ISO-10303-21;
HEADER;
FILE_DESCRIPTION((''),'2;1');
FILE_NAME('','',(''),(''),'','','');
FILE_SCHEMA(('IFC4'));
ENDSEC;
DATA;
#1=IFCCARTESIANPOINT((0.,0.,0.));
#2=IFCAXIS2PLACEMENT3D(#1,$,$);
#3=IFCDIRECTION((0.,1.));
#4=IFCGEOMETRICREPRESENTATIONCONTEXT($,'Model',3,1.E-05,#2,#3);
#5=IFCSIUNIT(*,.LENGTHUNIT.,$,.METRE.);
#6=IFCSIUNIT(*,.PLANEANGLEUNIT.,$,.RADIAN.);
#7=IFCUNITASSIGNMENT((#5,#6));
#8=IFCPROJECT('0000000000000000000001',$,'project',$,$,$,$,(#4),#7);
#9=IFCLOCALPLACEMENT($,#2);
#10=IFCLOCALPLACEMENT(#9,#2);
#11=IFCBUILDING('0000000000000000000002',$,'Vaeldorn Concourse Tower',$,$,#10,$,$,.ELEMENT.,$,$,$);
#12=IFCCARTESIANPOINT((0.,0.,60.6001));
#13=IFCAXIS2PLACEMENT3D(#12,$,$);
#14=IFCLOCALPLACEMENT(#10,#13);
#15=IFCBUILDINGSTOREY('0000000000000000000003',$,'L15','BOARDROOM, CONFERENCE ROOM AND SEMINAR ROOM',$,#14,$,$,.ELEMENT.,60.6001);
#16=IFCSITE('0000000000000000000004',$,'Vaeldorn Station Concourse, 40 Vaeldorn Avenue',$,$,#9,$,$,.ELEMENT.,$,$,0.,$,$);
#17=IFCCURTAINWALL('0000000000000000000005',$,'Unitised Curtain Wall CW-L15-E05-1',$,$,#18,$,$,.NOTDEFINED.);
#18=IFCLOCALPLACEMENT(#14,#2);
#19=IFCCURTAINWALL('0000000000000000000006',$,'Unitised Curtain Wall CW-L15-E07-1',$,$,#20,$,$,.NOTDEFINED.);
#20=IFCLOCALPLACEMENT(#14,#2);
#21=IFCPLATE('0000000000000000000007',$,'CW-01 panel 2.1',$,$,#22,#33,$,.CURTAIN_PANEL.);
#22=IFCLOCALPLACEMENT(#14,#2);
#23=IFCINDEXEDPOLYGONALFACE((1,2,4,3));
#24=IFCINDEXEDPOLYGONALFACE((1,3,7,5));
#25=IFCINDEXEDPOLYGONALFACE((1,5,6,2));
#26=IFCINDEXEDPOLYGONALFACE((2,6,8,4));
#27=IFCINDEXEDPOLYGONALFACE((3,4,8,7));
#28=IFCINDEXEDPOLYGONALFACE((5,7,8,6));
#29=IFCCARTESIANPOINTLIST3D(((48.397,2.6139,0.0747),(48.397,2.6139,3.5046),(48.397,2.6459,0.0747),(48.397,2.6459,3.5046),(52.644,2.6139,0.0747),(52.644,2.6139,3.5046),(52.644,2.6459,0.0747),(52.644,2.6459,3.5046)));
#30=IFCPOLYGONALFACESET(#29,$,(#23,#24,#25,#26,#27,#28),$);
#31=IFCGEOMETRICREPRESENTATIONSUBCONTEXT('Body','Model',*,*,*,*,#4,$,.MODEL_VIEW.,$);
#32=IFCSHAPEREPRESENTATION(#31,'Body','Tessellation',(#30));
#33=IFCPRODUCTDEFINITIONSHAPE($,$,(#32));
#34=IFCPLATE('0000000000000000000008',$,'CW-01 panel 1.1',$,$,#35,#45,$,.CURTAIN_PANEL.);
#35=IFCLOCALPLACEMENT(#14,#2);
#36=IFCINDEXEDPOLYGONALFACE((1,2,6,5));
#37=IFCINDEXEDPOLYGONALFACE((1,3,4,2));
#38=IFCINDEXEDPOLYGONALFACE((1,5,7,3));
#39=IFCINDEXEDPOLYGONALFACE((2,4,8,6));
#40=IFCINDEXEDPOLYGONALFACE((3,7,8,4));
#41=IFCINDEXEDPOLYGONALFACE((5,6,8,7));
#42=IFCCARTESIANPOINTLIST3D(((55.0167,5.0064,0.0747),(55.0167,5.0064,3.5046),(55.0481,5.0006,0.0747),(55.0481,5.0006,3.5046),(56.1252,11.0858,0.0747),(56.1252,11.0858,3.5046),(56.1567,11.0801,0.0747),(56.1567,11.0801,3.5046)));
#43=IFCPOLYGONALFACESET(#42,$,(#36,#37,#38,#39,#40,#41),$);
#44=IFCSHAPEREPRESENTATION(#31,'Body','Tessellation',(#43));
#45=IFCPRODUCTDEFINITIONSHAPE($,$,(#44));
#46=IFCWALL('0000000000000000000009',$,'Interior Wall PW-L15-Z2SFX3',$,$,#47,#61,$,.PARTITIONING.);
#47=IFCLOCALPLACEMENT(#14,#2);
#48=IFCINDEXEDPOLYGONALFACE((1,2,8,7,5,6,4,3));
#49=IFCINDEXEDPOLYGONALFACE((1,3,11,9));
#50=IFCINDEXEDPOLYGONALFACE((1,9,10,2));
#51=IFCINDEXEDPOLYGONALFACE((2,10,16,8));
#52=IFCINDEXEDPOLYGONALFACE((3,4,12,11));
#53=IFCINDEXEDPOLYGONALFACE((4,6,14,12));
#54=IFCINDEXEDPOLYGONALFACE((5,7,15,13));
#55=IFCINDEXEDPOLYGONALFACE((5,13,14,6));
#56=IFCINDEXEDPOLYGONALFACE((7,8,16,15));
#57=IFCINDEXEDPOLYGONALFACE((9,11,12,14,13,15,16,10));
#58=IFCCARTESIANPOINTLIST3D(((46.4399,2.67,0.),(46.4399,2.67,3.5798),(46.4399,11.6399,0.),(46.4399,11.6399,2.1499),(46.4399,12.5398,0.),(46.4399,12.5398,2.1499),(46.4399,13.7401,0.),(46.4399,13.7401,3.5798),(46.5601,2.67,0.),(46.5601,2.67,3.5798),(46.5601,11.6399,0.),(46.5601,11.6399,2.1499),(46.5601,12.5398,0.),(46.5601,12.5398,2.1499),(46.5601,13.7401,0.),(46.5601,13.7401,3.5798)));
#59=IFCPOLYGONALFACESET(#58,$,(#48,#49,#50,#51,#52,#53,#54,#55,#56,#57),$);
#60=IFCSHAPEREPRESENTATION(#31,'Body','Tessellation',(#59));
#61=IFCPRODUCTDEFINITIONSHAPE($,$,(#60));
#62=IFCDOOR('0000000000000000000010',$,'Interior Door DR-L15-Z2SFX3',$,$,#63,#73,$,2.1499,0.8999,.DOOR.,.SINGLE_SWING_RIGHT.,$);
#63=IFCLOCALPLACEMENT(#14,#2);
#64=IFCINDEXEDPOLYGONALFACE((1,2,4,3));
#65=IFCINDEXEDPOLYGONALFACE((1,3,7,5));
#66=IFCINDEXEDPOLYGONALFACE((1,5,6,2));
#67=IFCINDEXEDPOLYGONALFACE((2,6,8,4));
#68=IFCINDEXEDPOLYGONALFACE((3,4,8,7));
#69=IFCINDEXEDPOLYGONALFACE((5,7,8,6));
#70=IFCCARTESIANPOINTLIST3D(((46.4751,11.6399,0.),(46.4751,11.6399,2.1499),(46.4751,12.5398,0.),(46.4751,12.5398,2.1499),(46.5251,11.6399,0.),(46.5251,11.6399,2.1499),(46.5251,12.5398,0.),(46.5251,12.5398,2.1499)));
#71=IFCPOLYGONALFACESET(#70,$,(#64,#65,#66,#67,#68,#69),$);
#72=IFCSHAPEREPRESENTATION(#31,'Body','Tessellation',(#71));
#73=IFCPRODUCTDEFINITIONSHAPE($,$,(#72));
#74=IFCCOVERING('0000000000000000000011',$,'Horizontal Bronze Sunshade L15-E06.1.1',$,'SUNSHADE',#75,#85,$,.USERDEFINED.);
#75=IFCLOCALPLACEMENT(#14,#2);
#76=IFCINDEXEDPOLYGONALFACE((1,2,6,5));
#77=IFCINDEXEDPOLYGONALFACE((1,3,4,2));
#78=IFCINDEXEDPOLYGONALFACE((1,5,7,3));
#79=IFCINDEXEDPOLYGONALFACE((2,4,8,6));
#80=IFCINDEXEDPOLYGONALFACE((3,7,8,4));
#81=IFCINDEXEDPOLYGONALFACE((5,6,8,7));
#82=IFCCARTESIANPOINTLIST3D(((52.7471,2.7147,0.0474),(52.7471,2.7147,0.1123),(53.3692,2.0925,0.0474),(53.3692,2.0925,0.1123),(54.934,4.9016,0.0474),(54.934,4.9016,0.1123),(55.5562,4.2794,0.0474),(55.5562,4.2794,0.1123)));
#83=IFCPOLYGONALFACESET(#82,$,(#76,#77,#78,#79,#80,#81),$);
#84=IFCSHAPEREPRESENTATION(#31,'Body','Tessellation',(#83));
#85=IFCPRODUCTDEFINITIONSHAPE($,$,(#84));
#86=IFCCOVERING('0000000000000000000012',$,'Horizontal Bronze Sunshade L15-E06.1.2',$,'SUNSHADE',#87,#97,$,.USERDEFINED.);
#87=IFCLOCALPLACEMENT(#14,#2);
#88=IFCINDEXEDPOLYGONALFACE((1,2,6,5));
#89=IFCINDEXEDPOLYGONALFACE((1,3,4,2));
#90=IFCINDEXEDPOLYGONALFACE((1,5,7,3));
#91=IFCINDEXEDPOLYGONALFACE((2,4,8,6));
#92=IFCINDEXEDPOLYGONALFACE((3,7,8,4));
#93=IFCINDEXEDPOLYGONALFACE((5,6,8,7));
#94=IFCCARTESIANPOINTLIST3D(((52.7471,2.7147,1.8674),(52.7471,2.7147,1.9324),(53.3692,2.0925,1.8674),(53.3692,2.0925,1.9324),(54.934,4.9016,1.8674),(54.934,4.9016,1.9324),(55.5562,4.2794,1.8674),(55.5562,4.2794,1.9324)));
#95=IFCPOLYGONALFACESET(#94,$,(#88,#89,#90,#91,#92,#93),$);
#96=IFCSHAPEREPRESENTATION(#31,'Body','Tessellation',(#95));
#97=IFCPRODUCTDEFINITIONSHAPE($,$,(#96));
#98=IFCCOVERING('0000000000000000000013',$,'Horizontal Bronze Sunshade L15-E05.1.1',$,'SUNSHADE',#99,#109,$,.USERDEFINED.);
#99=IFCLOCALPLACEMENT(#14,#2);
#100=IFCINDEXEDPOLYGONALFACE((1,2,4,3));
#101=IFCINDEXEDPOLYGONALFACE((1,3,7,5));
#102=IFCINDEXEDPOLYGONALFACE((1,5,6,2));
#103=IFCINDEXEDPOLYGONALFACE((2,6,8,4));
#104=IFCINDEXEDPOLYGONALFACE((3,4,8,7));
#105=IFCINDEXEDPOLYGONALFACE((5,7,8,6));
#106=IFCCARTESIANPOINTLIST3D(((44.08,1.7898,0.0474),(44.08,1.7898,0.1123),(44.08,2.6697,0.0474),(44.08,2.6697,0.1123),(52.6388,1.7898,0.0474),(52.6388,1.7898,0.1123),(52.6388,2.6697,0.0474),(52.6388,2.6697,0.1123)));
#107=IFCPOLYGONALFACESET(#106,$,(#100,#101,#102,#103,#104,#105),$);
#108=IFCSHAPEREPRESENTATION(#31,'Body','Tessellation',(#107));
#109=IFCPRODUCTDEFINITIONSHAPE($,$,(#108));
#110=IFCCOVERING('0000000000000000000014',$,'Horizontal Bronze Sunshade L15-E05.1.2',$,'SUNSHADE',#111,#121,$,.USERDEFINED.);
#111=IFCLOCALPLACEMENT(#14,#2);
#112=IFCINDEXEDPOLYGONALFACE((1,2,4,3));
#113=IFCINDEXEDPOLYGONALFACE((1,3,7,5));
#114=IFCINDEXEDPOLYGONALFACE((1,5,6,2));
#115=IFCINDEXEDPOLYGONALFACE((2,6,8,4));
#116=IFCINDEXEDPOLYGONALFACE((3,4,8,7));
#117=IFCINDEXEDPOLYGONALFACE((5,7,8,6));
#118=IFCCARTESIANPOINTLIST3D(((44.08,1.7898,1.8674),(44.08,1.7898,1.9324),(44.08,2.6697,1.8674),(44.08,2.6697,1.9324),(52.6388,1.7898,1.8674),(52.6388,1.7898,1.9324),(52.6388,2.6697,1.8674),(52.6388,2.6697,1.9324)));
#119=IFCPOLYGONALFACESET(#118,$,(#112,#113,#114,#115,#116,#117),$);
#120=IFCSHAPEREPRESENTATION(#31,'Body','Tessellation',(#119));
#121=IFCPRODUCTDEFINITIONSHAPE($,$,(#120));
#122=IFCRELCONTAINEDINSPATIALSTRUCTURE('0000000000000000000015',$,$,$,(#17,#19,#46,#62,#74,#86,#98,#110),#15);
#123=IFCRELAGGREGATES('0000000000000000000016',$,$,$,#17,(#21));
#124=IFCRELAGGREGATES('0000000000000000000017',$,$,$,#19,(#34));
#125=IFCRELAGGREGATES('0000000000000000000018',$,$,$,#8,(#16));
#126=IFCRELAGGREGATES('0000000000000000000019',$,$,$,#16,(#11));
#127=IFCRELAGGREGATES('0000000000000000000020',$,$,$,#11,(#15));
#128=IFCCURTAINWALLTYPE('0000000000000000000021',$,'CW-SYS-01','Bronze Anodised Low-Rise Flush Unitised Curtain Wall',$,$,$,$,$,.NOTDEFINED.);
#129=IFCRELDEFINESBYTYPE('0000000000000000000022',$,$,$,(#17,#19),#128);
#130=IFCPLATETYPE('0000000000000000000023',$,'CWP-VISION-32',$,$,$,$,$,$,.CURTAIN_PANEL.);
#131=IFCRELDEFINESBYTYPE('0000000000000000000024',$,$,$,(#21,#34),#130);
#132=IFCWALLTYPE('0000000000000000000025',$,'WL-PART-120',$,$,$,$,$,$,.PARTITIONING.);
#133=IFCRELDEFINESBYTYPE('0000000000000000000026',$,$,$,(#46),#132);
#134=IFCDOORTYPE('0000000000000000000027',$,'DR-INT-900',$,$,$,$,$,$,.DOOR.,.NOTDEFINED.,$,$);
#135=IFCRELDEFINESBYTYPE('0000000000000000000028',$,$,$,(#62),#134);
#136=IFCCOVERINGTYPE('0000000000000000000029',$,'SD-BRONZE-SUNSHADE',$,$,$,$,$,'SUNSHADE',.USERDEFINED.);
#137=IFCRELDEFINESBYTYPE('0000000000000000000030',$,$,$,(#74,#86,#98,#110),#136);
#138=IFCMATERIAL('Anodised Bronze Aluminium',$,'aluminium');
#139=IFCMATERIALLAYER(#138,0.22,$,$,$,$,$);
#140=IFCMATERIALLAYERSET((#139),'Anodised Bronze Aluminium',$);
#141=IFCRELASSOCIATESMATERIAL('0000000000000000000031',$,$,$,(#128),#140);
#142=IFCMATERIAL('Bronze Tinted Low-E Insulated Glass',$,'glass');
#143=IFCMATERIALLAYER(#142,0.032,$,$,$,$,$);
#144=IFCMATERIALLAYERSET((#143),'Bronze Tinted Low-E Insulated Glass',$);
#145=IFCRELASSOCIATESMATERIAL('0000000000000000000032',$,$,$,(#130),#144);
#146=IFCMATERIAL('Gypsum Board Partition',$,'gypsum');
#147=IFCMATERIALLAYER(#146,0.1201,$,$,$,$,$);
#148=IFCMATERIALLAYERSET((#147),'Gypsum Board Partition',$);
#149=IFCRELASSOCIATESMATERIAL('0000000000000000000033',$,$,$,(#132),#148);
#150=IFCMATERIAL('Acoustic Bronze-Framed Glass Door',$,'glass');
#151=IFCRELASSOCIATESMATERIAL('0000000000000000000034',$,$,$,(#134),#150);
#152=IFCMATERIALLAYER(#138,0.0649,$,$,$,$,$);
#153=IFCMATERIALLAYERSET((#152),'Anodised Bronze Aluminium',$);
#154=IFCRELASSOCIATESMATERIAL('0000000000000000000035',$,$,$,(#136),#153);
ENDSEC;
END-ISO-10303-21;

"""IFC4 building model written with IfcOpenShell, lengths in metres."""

from ifc_helpers import new_model, si_unit, direction, frame, frame_2d, origin, origin_2d, place, context, subcontext, project, spatial, rectangle, extrude, source, transform, mapped, material, layer, layer_set, type_object, element, fill, aggregate, save


model = new_model("IFC4")

# Units and contexts
model_context = context("Model", 3, precision=1e-05, world=origin(), true_north=direction((0.0, 1.0)))
body_context = subcontext(model_context, "Body", "Model", "MODEL_VIEW")
ifc_project = project(units=[si_unit("LENGTHUNIT", "METRE"), si_unit("PLANEANGLEUNIT", "RADIAN")], contexts=[model_context])

# Site, building, storey
site_placement = place(None, origin())
site = spatial("IfcSite", under=ifc_project, at=site_placement, Name="Vaeldorn Station Concourse, 40 Vaeldorn Avenue", CompositionType="ELEMENT", RefElevation=0.0)
building_placement = place(site_placement, origin())
building = spatial("IfcBuilding", under=site, at=building_placement, Name="Vaeldorn Concourse Tower", CompositionType="ELEMENT")
storey_placement = place(building_placement, frame((0.0, 0.0, 60.6001)))
storey = spatial("IfcBuildingStorey", under=building, at=storey_placement, Name="L15", Description="BOARDROOM, CONFERENCE ROOM AND SEMINAR ROOM", CompositionType="ELEMENT", Elevation=60.6001)

# Curtain walls
ifc_material_1 = material(Name="Anodised Bronze Aluminium", Category="aluminium")
ifc_layer_1 = layer(ifc_material_1, 0.22)
ifc_layer_set_1 = layer_set([ifc_layer_1], Name="Anodised Bronze Aluminium")
curtain_wall_type = type_object("IfcCurtainWallType", Name="CW-SYS-01", Description="Bronze Anodised Low-Rise Flush Unitised Curtain Wall", PredefinedType="NOTDEFINED", material=ifc_layer_set_1)
curtain_wall_1_placement = place(storey_placement, origin())
curtain_wall_1 = element("IfcCurtainWall", 1, at=curtain_wall_1_placement, inside=storey, type_object=curtain_wall_type, Name="Unitised Curtain Wall CW-L15-E05-1", PredefinedType="NOTDEFINED")
curtain_wall_2_placement = place(storey_placement, origin())
curtain_wall_2 = element("IfcCurtainWall", 2, at=curtain_wall_2_placement, inside=storey, type_object=curtain_wall_type, Name="Unitised Curtain Wall CW-L15-E07-1", PredefinedType="NOTDEFINED")

# Plates
ifc_material_2 = material(Name="Bronze Tinted Low-E Insulated Glass", Category="glass")
ifc_layer_2 = layer(ifc_material_2, 0.032)
ifc_layer_set_2 = layer_set([ifc_layer_2], Name="Bronze Tinted Low-E Insulated Glass")
plate_type = type_object("IfcPlateType", Name="CWP-VISION-32", PredefinedType="CURTAIN_PANEL", material=ifc_layer_set_2)
shared_shape_1 = source(origin(), body_context, "Body", "SweptSolid", [
    extrude(rectangle(XDim=4.2471, YDim=0.032, at=origin_2d()), origin(), (0.0, 0.0, 1.0), 3.4299),
])
plate_1_placement = place(storey_placement, frame((50.5205, 2.6299, 0.0747), z_axis=(0.0, 0.0, 1.0), x_axis=(1.0, 0.0, 0.0)))
plate_1 = element("IfcPlate", 3, at=plate_1_placement, type_object=plate_type, Name="CW-01 panel 2.1", PredefinedType="CURTAIN_PANEL", context=body_context, shape_type="MappedRepresentation", body=[
    mapped(shared_shape_1, transform((0.0, 0.0, 0.0), scale=1.0)),
])
aggregate(curtain_wall_1, [plate_1])
shared_shape_2 = source(origin(), body_context, "Body", "SweptSolid", [
    extrude(rectangle(XDim=6.1797, YDim=0.032, at=origin_2d()), origin(), (0.0, 0.0, 1.0), 3.4299),
])
plate_2_placement = place(storey_placement, frame((55.5867, 8.0432, 0.0747), z_axis=(0.0, 0.0, 1.0), x_axis=(0.179384, 0.983779, 0.0)))
plate_2 = element("IfcPlate", 4, at=plate_2_placement, type_object=plate_type, Name="CW-01 panel 1.1", PredefinedType="CURTAIN_PANEL", context=body_context, shape_type="MappedRepresentation", body=[
    mapped(shared_shape_2, transform((0.0, 0.0, 0.0), scale=1.0)),
])
aggregate(curtain_wall_2, [plate_2])

# Wall, opening, door
ifc_material_3 = material(Name="Gypsum Board Partition", Category="gypsum")
ifc_layer_3 = layer(ifc_material_3, 0.1201)
ifc_layer_set_3 = layer_set([ifc_layer_3], Name="Gypsum Board Partition")
wall_type = type_object("IfcWallType", Name="WL-PART-120", PredefinedType="PARTITIONING", material=ifc_layer_set_3)
wall_placement = place(storey_placement, frame((46.5, 2.6699, 0.0), z_axis=(0.0, 0.0, 1.0), x_axis=(0.0, 1.0, 0.0)))
wall = element("IfcWall", 5, at=wall_placement, inside=storey, type_object=wall_type, Name="Interior Wall PW-L15-Z2SFX3", PredefinedType="PARTITIONING", context=body_context, shape_type="SweptSolid", body=[
    extrude(rectangle(XDim=11.0701, YDim=0.1201, at=frame_2d((5.5352, 0.0))), origin(), (0.0, 0.0, 1.0), 3.5798),
])
opening_placement = place(wall_placement, frame((8.97, 0.0, 0.0)))
opening = element("IfcOpeningElement", 6, at=opening_placement, cuts=wall, PredefinedType="OPENING", context=body_context, shape_type="SweptSolid", body=[
    extrude(rectangle(XDim=0.8999, YDim=2.1499, at=frame_2d((0.45, 1.075))), frame((0.0, 0.0701, 0.0), z_axis=(0.0, -1.0, 0.0), x_axis=(1.0, 0.0, 0.0)), (0.0, 0.0, 1.0), 0.1401),
])
ifc_material_4 = material(Name="Acoustic Bronze-Framed Glass Door", Category="glass")
door_type = type_object("IfcDoorType", Name="DR-INT-900", OperationType="NOTDEFINED", PredefinedType="DOOR", material=ifc_material_4)
shared_shape_3 = source(origin(), body_context, "Body", "SweptSolid", [
    extrude(rectangle(XDim=0.8999, YDim=2.1499, at=frame_2d((0.45, 1.075))), frame((0.0, 0.0249, 0.0), z_axis=(0.0, -1.0, 0.0), x_axis=(1.0, 0.0, 0.0)), (0.0, 0.0, 1.0), 0.05),
])
door_placement = place(opening_placement, origin())
door = element("IfcDoor", 7, at=door_placement, inside=storey, type_object=door_type, Name="Interior Door DR-L15-Z2SFX3", OperationType="SINGLE_SWING_RIGHT", OverallHeight=2.1499, OverallWidth=0.8999, PredefinedType="DOOR", context=body_context, shape_type="MappedRepresentation", body=[
    mapped(shared_shape_3, transform((0.0, 0.0, 0.0), scale=1.0)),
])
fill(opening, door)

# Coverings
ifc_layer_4 = layer(ifc_material_1, 0.0649)
ifc_layer_set_4 = layer_set([ifc_layer_4], Name="Anodised Bronze Aluminium")
covering_type = type_object("IfcCoveringType", Name="SD-BRONZE-SUNSHADE", ElementType="SUNSHADE", PredefinedType="USERDEFINED", material=ifc_layer_set_4)
shared_shape_4 = source(origin(), body_context, "Body", "SweptSolid", [
    extrude(rectangle(XDim=3.0928, YDim=0.8799, at=origin_2d()), origin(), (0.0, 0.0, 1.0), 0.0649),
])
for number, where, z_axis, x_axis, name in (
    (8, (54.1516, 3.4971, 0.0474), (0.0, 0.0, 1.0), (0.707107, 0.707107, 0.0), "Horizontal Bronze Sunshade L15-E06.1.1"),
    (9, (54.1516, 3.4971, 1.8674), (0.0, 0.0, 1.0), (0.707107, 0.707107, 0.0), "Horizontal Bronze Sunshade L15-E06.1.2"),
):
    element("IfcCovering", number, at=place(storey_placement, frame(where, z_axis=z_axis, x_axis=x_axis)), inside=storey, type_object=covering_type, Name=name, ObjectType="SUNSHADE", PredefinedType="USERDEFINED", context=body_context, shape_type="MappedRepresentation", body=[
        mapped(shared_shape_4, transform((0.0, 0.0, 0.0), scale=1.0)),
    ])
shared_shape_5 = source(origin(), body_context, "Body", "SweptSolid", [
    extrude(rectangle(XDim=8.5588, YDim=0.8799, at=origin_2d()), origin(), (0.0, 0.0, 1.0), 0.0649),
])
for number, where, z_axis, x_axis, name in (
    (10, (48.3594, 2.2297, 0.0474), (0.0, 0.0, 1.0), (1.0, 0.0, 0.0), "Horizontal Bronze Sunshade L15-E05.1.1"),
    (11, (48.3594, 2.2297, 1.8674), (0.0, 0.0, 1.0), (1.0, 0.0, 0.0), "Horizontal Bronze Sunshade L15-E05.1.2"),
):
    element("IfcCovering", number, at=place(storey_placement, frame(where, z_axis=z_axis, x_axis=x_axis)), inside=storey, type_object=covering_type, Name=name, ObjectType="SUNSHADE", PredefinedType="USERDEFINED", context=body_context, shape_type="MappedRepresentation", body=[
        mapped(shared_shape_5, transform((0.0, 0.0, 0.0), scale=1.0)),
    ])

save(model, "model.ifc")
